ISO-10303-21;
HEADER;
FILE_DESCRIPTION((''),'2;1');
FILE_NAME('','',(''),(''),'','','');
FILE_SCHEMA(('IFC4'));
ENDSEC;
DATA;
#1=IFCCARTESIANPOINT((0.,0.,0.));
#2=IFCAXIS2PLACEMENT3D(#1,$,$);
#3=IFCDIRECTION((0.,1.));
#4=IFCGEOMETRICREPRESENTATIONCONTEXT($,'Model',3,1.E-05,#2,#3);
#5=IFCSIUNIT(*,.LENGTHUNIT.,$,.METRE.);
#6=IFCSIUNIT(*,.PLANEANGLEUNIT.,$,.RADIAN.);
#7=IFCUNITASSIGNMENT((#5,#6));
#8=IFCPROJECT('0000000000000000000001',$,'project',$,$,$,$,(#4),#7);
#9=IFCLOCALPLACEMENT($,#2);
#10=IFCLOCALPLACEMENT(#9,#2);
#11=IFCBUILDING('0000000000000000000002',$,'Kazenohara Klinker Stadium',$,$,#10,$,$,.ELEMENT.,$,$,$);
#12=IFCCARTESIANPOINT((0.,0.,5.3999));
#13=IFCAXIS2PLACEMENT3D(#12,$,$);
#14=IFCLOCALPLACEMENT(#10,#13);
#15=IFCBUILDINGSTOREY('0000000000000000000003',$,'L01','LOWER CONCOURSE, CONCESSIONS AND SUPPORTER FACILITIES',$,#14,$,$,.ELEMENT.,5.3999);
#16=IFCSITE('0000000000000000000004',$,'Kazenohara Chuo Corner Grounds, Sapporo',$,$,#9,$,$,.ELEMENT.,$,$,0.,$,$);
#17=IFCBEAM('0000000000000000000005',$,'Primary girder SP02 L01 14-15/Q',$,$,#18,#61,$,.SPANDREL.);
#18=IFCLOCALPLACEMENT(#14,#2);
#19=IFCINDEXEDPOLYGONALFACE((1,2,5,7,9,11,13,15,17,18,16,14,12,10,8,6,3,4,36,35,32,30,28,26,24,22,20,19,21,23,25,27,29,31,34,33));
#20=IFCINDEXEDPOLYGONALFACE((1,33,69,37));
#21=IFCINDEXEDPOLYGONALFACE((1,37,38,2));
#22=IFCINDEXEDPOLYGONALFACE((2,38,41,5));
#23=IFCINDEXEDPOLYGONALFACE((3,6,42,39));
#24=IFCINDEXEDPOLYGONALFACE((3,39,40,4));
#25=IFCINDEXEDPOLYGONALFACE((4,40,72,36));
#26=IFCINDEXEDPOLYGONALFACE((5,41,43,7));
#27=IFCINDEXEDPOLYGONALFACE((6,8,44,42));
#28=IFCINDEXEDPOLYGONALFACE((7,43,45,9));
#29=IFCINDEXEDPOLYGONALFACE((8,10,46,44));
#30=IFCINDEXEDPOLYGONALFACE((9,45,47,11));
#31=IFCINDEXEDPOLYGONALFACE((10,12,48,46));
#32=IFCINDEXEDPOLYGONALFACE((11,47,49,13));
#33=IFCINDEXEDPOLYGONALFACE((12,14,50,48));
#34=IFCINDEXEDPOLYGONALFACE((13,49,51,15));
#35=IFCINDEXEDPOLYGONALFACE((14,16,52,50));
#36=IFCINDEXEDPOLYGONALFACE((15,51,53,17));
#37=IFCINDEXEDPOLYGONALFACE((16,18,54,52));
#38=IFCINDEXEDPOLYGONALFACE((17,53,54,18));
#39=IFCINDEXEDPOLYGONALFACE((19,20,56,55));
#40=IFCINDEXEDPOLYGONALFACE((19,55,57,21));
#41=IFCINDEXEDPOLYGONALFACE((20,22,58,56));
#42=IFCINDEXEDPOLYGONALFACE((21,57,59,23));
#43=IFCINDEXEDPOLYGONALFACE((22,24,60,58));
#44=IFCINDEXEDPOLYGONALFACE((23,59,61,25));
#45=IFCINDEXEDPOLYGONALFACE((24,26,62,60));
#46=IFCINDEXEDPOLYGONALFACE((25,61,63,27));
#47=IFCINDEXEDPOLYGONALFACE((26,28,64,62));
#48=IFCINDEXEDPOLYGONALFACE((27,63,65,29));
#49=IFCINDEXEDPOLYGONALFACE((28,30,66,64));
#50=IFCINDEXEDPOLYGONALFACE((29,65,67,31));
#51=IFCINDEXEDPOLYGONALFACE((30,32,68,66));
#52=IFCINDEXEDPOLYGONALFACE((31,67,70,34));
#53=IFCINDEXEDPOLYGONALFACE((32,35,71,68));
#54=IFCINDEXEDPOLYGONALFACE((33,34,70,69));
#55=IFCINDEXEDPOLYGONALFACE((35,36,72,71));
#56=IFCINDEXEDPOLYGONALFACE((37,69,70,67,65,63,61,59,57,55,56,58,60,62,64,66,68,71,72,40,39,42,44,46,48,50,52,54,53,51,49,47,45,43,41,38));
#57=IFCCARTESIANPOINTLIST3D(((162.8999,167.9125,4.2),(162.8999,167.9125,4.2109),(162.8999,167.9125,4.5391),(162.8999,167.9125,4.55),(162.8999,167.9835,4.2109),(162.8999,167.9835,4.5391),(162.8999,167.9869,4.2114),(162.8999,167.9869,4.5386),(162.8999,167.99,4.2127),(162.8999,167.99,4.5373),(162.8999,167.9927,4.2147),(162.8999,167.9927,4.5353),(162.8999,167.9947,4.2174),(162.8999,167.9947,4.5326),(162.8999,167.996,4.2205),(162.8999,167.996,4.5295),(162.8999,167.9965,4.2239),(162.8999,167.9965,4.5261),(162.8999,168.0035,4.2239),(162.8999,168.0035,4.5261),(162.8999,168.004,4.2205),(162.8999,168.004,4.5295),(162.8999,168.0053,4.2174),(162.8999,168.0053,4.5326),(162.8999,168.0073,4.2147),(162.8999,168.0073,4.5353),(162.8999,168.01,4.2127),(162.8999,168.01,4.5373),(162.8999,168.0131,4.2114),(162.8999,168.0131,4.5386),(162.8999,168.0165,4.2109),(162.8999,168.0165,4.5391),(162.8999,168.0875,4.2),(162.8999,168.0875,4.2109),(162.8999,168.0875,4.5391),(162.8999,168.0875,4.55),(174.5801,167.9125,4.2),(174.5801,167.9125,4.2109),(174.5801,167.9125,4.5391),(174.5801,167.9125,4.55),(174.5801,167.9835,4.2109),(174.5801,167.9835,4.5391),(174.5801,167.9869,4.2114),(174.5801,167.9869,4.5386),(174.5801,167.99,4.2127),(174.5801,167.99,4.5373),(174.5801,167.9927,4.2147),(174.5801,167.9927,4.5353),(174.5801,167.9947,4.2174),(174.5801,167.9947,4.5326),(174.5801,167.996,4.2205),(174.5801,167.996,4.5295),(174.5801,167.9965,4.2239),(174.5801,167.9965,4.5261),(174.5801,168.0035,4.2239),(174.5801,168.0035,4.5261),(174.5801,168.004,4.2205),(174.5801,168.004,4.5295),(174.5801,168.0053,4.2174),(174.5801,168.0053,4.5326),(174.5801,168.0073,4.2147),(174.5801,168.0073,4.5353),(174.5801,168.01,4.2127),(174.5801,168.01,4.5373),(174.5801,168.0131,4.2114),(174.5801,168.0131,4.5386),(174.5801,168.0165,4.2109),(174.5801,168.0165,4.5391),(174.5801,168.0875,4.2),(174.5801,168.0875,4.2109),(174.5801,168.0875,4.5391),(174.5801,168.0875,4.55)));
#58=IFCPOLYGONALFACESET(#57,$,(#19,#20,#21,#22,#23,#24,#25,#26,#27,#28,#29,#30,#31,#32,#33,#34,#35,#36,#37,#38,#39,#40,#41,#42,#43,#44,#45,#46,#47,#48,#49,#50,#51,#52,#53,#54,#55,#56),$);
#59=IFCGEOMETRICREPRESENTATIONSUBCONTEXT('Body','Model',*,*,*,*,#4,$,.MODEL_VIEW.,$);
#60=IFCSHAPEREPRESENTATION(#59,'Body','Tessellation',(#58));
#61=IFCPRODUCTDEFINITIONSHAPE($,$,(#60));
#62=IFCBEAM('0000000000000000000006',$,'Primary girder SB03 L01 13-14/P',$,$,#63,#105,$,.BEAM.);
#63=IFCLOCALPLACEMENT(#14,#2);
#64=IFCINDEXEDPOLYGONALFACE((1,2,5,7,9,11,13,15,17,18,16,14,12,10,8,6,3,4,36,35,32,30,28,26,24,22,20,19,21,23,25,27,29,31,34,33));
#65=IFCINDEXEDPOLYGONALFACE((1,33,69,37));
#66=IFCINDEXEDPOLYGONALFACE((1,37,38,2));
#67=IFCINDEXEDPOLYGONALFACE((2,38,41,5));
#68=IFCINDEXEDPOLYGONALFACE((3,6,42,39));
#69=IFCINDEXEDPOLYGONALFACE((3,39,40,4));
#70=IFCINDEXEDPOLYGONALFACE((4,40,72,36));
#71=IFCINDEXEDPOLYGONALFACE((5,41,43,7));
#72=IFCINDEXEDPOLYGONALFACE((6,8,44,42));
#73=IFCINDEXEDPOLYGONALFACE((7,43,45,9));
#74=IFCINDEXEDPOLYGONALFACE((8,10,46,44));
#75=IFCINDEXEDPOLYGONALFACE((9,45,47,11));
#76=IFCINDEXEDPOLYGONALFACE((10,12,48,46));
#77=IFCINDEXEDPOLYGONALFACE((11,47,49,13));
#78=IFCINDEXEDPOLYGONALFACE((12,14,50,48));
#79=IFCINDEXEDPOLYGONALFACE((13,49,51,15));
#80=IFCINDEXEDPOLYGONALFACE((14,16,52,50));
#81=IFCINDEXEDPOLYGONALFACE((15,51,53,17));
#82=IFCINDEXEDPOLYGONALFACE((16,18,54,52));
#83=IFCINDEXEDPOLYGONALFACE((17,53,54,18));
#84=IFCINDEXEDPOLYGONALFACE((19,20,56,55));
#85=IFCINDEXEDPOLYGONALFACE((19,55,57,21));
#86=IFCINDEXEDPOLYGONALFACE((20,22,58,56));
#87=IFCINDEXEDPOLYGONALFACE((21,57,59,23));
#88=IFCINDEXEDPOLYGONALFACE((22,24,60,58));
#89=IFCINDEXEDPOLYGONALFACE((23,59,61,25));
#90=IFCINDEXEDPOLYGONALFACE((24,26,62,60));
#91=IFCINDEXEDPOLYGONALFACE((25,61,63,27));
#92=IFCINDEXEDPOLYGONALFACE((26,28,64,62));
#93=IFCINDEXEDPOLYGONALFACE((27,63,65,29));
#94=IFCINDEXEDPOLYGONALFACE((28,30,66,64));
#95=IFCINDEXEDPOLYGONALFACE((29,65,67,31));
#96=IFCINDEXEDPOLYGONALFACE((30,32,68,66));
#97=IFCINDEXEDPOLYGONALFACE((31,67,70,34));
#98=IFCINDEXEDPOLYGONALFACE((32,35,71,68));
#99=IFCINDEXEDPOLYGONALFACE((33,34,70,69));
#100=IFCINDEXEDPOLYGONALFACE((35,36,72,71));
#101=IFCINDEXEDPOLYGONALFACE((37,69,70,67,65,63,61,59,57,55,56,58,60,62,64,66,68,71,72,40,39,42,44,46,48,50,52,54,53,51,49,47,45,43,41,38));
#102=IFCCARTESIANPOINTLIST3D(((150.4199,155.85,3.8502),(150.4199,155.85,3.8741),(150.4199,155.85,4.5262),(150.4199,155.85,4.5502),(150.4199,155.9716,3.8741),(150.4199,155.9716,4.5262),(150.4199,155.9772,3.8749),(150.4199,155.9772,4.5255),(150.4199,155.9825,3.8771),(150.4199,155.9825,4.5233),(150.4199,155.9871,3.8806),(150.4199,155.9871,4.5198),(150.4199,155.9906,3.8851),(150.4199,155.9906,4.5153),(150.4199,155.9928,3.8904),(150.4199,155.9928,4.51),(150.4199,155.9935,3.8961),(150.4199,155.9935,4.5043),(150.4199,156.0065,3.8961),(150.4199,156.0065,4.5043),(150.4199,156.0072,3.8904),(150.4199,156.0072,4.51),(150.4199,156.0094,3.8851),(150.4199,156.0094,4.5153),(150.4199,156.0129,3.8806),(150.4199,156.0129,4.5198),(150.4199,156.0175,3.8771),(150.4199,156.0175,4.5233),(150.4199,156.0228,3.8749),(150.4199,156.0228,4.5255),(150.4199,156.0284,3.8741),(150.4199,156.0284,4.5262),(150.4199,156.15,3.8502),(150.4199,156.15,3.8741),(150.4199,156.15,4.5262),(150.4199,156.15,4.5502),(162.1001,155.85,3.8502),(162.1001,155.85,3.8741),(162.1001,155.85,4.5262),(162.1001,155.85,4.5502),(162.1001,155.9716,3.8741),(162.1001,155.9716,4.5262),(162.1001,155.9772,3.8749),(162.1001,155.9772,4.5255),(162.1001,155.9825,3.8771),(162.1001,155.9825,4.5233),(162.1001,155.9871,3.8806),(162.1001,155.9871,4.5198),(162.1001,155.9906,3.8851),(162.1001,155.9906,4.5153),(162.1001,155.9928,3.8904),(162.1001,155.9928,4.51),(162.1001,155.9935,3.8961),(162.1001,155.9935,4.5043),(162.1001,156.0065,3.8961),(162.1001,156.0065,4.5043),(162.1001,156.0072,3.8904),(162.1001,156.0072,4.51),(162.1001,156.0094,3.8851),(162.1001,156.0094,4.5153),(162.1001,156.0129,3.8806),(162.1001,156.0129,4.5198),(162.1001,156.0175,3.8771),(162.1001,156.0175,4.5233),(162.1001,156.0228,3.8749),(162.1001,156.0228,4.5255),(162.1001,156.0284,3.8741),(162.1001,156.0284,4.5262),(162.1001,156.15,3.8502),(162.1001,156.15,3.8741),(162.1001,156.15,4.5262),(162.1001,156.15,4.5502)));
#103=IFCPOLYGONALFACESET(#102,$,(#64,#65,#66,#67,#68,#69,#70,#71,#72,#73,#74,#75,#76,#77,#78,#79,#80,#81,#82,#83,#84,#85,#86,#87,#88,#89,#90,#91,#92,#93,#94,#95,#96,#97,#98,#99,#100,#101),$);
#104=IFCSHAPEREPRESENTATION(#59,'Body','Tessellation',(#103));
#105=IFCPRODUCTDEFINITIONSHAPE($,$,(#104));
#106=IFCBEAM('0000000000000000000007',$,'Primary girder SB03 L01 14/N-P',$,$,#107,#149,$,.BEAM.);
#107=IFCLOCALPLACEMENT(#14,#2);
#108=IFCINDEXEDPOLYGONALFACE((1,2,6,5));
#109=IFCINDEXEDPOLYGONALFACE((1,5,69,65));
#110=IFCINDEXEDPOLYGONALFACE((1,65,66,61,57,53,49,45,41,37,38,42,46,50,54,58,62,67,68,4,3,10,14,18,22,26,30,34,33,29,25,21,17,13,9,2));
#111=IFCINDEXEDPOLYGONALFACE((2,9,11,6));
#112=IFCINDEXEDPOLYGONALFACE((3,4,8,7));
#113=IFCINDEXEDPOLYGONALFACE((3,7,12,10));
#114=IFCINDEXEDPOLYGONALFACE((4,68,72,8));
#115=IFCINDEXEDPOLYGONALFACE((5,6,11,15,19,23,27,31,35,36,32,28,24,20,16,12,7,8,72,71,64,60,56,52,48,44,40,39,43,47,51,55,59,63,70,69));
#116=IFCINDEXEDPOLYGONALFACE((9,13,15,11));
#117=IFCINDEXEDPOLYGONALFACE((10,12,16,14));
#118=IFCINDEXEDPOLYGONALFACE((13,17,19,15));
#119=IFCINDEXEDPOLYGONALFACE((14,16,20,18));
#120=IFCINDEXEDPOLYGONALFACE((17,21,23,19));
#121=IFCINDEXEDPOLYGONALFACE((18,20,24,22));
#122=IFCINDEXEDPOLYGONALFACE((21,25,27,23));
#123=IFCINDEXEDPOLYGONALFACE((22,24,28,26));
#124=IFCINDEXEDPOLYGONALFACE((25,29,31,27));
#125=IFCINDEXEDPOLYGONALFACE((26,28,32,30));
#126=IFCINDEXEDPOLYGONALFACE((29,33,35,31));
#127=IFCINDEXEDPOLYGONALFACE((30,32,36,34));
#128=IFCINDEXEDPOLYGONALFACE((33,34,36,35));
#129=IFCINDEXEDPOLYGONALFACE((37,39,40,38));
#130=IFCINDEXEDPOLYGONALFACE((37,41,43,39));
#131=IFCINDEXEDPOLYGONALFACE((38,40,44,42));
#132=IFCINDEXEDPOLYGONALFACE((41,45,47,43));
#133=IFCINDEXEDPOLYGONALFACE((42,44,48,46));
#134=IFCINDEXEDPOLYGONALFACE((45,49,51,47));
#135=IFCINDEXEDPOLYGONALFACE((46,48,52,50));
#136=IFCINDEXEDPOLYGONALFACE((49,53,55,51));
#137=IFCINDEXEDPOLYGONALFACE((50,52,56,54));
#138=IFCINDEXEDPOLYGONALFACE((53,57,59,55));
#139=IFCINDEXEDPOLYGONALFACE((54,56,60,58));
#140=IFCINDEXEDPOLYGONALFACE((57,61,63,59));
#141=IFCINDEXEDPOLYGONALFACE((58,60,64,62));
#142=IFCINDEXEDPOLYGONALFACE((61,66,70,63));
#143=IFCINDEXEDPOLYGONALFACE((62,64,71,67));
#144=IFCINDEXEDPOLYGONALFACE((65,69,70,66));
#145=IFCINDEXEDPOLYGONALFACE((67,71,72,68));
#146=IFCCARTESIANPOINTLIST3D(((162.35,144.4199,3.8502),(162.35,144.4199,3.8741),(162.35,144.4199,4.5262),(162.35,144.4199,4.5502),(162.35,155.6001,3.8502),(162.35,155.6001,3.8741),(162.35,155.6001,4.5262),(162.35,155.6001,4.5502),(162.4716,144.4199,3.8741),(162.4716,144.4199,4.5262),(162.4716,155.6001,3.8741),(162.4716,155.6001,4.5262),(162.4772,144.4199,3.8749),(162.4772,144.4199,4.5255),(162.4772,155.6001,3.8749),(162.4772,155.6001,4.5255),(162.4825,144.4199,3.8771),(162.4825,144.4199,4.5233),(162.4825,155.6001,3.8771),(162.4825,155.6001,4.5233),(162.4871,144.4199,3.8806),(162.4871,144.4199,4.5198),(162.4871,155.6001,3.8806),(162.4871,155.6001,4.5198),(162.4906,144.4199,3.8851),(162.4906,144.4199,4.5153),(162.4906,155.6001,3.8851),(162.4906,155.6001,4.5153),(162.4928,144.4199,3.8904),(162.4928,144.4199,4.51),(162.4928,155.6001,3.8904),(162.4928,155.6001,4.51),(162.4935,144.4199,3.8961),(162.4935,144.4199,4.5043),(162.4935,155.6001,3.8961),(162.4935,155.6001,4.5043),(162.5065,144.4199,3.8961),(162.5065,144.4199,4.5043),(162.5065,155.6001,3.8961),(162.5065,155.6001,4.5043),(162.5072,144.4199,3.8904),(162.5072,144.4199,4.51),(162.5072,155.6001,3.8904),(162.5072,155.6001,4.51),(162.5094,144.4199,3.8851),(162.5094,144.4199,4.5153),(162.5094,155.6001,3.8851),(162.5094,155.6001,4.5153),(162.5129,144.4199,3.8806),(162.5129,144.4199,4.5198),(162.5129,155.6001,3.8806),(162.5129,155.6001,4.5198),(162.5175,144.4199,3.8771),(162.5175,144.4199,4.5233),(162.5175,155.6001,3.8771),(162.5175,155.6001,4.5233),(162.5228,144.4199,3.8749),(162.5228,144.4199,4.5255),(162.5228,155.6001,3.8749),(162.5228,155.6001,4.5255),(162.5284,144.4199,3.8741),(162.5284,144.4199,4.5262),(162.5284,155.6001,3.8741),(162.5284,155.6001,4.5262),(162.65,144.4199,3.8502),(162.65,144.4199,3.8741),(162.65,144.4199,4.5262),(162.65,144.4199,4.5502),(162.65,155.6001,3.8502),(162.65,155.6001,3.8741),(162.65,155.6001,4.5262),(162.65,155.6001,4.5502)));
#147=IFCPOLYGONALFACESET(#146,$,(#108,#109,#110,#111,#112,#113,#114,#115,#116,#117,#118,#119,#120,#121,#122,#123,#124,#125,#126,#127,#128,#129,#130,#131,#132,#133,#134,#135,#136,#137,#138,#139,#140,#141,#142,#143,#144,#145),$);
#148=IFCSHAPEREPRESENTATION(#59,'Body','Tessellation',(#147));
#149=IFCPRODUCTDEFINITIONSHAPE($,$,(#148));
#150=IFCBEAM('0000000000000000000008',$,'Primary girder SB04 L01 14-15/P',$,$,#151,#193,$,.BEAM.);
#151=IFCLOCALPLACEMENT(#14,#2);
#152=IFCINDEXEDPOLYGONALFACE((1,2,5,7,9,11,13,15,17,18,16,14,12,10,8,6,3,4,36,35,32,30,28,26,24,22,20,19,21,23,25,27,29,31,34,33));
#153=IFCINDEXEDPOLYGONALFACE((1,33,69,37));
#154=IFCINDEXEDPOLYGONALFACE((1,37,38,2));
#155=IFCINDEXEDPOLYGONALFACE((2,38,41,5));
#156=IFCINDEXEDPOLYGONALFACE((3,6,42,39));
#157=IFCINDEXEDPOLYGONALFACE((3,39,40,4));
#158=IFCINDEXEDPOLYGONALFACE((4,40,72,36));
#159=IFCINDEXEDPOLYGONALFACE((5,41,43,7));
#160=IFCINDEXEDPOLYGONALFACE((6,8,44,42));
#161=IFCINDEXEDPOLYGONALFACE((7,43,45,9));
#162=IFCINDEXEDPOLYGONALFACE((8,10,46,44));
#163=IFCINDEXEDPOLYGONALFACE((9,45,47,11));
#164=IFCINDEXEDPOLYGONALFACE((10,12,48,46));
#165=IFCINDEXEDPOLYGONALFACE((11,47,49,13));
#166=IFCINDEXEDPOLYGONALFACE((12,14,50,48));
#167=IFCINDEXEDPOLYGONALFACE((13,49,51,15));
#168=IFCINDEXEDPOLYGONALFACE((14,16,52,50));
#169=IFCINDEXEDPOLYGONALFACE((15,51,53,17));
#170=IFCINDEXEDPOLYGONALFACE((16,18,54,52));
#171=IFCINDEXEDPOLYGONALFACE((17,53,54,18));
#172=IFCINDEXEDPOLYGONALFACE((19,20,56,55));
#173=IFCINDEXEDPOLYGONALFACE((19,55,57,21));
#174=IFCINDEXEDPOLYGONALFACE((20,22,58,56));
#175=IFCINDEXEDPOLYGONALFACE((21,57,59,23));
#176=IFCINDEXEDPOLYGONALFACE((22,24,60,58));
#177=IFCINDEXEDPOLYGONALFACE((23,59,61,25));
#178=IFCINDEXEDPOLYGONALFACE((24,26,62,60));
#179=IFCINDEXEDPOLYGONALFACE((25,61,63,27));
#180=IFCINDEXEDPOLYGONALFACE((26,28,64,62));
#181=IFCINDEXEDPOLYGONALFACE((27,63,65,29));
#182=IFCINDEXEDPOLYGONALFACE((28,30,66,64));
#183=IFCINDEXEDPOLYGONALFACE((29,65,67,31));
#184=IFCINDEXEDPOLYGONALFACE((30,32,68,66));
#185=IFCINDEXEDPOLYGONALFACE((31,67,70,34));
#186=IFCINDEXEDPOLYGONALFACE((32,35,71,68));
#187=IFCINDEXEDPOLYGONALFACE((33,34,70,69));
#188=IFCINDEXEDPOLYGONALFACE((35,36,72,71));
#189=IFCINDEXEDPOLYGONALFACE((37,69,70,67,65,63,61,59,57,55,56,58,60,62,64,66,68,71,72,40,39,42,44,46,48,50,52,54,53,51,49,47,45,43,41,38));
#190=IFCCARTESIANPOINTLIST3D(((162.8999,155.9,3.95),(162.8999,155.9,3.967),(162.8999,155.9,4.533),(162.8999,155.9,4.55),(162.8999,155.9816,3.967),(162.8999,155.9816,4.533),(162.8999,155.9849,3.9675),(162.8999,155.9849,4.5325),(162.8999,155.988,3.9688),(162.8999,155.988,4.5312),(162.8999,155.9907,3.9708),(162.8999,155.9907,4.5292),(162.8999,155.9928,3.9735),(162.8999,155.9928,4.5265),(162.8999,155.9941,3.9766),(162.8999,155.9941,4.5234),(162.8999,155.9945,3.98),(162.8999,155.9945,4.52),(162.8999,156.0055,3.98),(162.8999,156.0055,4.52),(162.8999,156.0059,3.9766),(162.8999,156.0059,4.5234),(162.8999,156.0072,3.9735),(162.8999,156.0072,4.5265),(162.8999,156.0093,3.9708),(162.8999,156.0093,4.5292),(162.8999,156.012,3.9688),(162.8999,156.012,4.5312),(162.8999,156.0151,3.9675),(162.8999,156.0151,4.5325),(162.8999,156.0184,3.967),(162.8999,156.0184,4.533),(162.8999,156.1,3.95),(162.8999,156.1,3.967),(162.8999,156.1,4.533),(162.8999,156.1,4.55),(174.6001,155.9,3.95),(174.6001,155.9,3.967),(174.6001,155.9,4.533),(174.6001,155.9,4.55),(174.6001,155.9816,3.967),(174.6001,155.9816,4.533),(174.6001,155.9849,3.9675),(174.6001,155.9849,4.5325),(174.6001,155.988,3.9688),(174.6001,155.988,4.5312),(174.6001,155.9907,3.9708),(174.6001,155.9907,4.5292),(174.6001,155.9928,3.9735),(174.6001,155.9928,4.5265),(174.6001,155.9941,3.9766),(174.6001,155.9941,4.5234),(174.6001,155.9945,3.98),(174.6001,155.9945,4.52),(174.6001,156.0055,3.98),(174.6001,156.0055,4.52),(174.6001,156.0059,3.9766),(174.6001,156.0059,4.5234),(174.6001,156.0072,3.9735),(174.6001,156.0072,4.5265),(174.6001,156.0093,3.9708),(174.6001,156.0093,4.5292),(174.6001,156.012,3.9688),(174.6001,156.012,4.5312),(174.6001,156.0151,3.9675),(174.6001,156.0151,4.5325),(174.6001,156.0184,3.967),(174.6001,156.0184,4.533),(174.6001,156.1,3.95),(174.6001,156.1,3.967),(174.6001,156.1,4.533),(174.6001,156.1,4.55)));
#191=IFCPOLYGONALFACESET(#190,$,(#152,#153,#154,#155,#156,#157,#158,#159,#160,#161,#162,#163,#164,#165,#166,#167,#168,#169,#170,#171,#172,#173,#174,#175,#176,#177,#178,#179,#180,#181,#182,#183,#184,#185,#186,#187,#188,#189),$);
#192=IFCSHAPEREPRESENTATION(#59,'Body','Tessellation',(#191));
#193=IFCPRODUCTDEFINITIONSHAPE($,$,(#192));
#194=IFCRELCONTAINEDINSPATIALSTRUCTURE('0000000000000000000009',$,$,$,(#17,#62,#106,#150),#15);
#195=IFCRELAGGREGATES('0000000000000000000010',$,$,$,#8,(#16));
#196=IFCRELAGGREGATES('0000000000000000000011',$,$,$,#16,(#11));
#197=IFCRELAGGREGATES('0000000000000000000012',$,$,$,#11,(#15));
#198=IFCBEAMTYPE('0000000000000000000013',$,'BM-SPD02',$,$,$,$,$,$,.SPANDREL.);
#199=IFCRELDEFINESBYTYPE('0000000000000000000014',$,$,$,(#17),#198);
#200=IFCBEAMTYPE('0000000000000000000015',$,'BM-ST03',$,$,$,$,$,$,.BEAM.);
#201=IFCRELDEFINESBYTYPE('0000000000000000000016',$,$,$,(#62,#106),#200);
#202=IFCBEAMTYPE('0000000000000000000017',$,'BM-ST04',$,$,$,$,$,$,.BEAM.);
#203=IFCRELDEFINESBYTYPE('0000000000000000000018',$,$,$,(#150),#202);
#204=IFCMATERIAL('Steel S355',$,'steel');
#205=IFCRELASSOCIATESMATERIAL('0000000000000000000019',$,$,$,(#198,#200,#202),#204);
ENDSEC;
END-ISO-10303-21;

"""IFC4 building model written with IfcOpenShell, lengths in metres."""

from ifc_helpers import new_model, si_unit, direction, frame, origin, origin_2d, place, context, subcontext, project, spatial, i_section, extrude, material, material_profile, profile_set, type_object, element, save


model = new_model("IFC4")

# Units and contexts
model_context = context("Model", 3, precision=1e-05, world=origin(), true_north=direction((0.0, 1.0)))
body_context = subcontext(model_context, "Body", "Model", "MODEL_VIEW")
ifc_project = project(units=[si_unit("LENGTHUNIT", "METRE"), si_unit("PLANEANGLEUNIT", "RADIAN")], contexts=[model_context])

# Site, building, storey
site_placement = place(None, origin())
site = spatial("IfcSite", under=ifc_project, at=site_placement, Name="Kazenohara Chuo Corner Grounds, Sapporo", CompositionType="ELEMENT", RefElevation=0.0)
building_placement = place(site_placement, origin())
building = spatial("IfcBuilding", under=site, at=building_placement, Name="Kazenohara Klinker Stadium", CompositionType="ELEMENT")
storey_placement = place(building_placement, frame((0.0, 0.0, 5.3999)))
storey = spatial("IfcBuildingStorey", under=building, at=storey_placement, Name="L01", Description="LOWER CONCOURSE, CONCESSIONS AND SUPPORTER FACILITIES", CompositionType="ELEMENT", Elevation=5.3999)

# Beams
ifc_material_1 = material(Name="Steel S355", Category="steel")
ifc_material_profile_1 = material_profile(ifc_material_1, i_section(OverallWidth=0.175, OverallDepth=0.3501, WebThickness=0.0071, FlangeThickness=0.011, FilletRadius=0.0129, at=origin_2d()), Name="H-350x175x7x11")
ifc_profile_set_1 = profile_set([ifc_material_profile_1], Name="Steel S355")
beam_type_1 = type_object("IfcBeamType", Name="BM-SPD02", PredefinedType="SPANDREL", material=ifc_profile_set_1)
beam_1_placement = place(storey_placement, frame((162.8999, 168.0, 4.375), z_axis=(1.0, 0.0, 0.0), x_axis=(0.0, 1.0, 0.0)))
element("IfcBeam", 1, at=beam_1_placement, inside=storey, type_object=beam_type_1, Name="Primary girder SP02 L01 14-15/Q", PredefinedType="SPANDREL", context=body_context, shape_type="SweptSolid", body=[
    extrude(i_section(OverallWidth=0.175, OverallDepth=0.3501, WebThickness=0.0071, FlangeThickness=0.011, FilletRadius=0.0129, at=origin_2d()), origin(), (0.0, 0.0, 1.0), 11.6802),
])
ifc_material_profile_2 = material_profile(ifc_material_1, i_section(OverallWidth=0.3, OverallDepth=0.7, WebThickness=0.0129, FlangeThickness=0.0239, FilletRadius=0.022, at=origin_2d()), Name="H-700x300x13x24")
ifc_profile_set_2 = profile_set([ifc_material_profile_2], Name="Steel S355")
beam_type_2 = type_object("IfcBeamType", Name="BM-ST03", PredefinedType="BEAM", material=ifc_profile_set_2)
beam_2_placement = place(storey_placement, frame((150.4199, 156.0, 4.2002), z_axis=(1.0, 0.0, 0.0), x_axis=(0.0, 1.0, 0.0)))
element("IfcBeam", 2, at=beam_2_placement, inside=storey, type_object=beam_type_2, Name="Primary girder SB03 L01 13-14/P", PredefinedType="BEAM", context=body_context, shape_type="SweptSolid", body=[
    extrude(i_section(OverallWidth=0.3, OverallDepth=0.7, WebThickness=0.0129, FlangeThickness=0.0239, FilletRadius=0.022, at=origin_2d()), origin(), (0.0, 0.0, 1.0), 11.6802),
])
beam_3_placement = place(storey_placement, frame((162.5, 144.4199, 4.2002), z_axis=(0.0, 1.0, 0.0), x_axis=(-1.0, 0.0, 0.0)))
element("IfcBeam", 3, at=beam_3_placement, inside=storey, type_object=beam_type_2, Name="Primary girder SB03 L01 14/N-P", PredefinedType="BEAM", context=body_context, shape_type="SweptSolid", body=[
    extrude(i_section(OverallWidth=0.3, OverallDepth=0.7, WebThickness=0.0129, FlangeThickness=0.0239, FilletRadius=0.022, at=origin_2d()), origin(), (0.0, 0.0, 1.0), 11.1802),
])
ifc_material_profile_3 = material_profile(ifc_material_1, i_section(OverallWidth=0.2, OverallDepth=0.6001, WebThickness=0.011, FlangeThickness=0.0171, FilletRadius=0.0129, at=origin_2d()), Name="H-600x200x11x17")
ifc_profile_set_3 = profile_set([ifc_material_profile_3], Name="Steel S355")
beam_type_3 = type_object("IfcBeamType", Name="BM-ST04", PredefinedType="BEAM", material=ifc_profile_set_3)
beam_4_placement = place(storey_placement, frame((162.8999, 156.0, 4.25), z_axis=(1.0, 0.0, 0.0), x_axis=(0.0, 1.0, 0.0)))
element("IfcBeam", 4, at=beam_4_placement, inside=storey, type_object=beam_type_3, Name="Primary girder SB04 L01 14-15/P", PredefinedType="BEAM", context=body_context, shape_type="SweptSolid", body=[
    extrude(i_section(OverallWidth=0.2, OverallDepth=0.6001, WebThickness=0.011, FlangeThickness=0.0171, FilletRadius=0.0129, at=origin_2d()), origin(), (0.0, 0.0, 1.0), 11.7002),
])

save(model, "model.ifc")
